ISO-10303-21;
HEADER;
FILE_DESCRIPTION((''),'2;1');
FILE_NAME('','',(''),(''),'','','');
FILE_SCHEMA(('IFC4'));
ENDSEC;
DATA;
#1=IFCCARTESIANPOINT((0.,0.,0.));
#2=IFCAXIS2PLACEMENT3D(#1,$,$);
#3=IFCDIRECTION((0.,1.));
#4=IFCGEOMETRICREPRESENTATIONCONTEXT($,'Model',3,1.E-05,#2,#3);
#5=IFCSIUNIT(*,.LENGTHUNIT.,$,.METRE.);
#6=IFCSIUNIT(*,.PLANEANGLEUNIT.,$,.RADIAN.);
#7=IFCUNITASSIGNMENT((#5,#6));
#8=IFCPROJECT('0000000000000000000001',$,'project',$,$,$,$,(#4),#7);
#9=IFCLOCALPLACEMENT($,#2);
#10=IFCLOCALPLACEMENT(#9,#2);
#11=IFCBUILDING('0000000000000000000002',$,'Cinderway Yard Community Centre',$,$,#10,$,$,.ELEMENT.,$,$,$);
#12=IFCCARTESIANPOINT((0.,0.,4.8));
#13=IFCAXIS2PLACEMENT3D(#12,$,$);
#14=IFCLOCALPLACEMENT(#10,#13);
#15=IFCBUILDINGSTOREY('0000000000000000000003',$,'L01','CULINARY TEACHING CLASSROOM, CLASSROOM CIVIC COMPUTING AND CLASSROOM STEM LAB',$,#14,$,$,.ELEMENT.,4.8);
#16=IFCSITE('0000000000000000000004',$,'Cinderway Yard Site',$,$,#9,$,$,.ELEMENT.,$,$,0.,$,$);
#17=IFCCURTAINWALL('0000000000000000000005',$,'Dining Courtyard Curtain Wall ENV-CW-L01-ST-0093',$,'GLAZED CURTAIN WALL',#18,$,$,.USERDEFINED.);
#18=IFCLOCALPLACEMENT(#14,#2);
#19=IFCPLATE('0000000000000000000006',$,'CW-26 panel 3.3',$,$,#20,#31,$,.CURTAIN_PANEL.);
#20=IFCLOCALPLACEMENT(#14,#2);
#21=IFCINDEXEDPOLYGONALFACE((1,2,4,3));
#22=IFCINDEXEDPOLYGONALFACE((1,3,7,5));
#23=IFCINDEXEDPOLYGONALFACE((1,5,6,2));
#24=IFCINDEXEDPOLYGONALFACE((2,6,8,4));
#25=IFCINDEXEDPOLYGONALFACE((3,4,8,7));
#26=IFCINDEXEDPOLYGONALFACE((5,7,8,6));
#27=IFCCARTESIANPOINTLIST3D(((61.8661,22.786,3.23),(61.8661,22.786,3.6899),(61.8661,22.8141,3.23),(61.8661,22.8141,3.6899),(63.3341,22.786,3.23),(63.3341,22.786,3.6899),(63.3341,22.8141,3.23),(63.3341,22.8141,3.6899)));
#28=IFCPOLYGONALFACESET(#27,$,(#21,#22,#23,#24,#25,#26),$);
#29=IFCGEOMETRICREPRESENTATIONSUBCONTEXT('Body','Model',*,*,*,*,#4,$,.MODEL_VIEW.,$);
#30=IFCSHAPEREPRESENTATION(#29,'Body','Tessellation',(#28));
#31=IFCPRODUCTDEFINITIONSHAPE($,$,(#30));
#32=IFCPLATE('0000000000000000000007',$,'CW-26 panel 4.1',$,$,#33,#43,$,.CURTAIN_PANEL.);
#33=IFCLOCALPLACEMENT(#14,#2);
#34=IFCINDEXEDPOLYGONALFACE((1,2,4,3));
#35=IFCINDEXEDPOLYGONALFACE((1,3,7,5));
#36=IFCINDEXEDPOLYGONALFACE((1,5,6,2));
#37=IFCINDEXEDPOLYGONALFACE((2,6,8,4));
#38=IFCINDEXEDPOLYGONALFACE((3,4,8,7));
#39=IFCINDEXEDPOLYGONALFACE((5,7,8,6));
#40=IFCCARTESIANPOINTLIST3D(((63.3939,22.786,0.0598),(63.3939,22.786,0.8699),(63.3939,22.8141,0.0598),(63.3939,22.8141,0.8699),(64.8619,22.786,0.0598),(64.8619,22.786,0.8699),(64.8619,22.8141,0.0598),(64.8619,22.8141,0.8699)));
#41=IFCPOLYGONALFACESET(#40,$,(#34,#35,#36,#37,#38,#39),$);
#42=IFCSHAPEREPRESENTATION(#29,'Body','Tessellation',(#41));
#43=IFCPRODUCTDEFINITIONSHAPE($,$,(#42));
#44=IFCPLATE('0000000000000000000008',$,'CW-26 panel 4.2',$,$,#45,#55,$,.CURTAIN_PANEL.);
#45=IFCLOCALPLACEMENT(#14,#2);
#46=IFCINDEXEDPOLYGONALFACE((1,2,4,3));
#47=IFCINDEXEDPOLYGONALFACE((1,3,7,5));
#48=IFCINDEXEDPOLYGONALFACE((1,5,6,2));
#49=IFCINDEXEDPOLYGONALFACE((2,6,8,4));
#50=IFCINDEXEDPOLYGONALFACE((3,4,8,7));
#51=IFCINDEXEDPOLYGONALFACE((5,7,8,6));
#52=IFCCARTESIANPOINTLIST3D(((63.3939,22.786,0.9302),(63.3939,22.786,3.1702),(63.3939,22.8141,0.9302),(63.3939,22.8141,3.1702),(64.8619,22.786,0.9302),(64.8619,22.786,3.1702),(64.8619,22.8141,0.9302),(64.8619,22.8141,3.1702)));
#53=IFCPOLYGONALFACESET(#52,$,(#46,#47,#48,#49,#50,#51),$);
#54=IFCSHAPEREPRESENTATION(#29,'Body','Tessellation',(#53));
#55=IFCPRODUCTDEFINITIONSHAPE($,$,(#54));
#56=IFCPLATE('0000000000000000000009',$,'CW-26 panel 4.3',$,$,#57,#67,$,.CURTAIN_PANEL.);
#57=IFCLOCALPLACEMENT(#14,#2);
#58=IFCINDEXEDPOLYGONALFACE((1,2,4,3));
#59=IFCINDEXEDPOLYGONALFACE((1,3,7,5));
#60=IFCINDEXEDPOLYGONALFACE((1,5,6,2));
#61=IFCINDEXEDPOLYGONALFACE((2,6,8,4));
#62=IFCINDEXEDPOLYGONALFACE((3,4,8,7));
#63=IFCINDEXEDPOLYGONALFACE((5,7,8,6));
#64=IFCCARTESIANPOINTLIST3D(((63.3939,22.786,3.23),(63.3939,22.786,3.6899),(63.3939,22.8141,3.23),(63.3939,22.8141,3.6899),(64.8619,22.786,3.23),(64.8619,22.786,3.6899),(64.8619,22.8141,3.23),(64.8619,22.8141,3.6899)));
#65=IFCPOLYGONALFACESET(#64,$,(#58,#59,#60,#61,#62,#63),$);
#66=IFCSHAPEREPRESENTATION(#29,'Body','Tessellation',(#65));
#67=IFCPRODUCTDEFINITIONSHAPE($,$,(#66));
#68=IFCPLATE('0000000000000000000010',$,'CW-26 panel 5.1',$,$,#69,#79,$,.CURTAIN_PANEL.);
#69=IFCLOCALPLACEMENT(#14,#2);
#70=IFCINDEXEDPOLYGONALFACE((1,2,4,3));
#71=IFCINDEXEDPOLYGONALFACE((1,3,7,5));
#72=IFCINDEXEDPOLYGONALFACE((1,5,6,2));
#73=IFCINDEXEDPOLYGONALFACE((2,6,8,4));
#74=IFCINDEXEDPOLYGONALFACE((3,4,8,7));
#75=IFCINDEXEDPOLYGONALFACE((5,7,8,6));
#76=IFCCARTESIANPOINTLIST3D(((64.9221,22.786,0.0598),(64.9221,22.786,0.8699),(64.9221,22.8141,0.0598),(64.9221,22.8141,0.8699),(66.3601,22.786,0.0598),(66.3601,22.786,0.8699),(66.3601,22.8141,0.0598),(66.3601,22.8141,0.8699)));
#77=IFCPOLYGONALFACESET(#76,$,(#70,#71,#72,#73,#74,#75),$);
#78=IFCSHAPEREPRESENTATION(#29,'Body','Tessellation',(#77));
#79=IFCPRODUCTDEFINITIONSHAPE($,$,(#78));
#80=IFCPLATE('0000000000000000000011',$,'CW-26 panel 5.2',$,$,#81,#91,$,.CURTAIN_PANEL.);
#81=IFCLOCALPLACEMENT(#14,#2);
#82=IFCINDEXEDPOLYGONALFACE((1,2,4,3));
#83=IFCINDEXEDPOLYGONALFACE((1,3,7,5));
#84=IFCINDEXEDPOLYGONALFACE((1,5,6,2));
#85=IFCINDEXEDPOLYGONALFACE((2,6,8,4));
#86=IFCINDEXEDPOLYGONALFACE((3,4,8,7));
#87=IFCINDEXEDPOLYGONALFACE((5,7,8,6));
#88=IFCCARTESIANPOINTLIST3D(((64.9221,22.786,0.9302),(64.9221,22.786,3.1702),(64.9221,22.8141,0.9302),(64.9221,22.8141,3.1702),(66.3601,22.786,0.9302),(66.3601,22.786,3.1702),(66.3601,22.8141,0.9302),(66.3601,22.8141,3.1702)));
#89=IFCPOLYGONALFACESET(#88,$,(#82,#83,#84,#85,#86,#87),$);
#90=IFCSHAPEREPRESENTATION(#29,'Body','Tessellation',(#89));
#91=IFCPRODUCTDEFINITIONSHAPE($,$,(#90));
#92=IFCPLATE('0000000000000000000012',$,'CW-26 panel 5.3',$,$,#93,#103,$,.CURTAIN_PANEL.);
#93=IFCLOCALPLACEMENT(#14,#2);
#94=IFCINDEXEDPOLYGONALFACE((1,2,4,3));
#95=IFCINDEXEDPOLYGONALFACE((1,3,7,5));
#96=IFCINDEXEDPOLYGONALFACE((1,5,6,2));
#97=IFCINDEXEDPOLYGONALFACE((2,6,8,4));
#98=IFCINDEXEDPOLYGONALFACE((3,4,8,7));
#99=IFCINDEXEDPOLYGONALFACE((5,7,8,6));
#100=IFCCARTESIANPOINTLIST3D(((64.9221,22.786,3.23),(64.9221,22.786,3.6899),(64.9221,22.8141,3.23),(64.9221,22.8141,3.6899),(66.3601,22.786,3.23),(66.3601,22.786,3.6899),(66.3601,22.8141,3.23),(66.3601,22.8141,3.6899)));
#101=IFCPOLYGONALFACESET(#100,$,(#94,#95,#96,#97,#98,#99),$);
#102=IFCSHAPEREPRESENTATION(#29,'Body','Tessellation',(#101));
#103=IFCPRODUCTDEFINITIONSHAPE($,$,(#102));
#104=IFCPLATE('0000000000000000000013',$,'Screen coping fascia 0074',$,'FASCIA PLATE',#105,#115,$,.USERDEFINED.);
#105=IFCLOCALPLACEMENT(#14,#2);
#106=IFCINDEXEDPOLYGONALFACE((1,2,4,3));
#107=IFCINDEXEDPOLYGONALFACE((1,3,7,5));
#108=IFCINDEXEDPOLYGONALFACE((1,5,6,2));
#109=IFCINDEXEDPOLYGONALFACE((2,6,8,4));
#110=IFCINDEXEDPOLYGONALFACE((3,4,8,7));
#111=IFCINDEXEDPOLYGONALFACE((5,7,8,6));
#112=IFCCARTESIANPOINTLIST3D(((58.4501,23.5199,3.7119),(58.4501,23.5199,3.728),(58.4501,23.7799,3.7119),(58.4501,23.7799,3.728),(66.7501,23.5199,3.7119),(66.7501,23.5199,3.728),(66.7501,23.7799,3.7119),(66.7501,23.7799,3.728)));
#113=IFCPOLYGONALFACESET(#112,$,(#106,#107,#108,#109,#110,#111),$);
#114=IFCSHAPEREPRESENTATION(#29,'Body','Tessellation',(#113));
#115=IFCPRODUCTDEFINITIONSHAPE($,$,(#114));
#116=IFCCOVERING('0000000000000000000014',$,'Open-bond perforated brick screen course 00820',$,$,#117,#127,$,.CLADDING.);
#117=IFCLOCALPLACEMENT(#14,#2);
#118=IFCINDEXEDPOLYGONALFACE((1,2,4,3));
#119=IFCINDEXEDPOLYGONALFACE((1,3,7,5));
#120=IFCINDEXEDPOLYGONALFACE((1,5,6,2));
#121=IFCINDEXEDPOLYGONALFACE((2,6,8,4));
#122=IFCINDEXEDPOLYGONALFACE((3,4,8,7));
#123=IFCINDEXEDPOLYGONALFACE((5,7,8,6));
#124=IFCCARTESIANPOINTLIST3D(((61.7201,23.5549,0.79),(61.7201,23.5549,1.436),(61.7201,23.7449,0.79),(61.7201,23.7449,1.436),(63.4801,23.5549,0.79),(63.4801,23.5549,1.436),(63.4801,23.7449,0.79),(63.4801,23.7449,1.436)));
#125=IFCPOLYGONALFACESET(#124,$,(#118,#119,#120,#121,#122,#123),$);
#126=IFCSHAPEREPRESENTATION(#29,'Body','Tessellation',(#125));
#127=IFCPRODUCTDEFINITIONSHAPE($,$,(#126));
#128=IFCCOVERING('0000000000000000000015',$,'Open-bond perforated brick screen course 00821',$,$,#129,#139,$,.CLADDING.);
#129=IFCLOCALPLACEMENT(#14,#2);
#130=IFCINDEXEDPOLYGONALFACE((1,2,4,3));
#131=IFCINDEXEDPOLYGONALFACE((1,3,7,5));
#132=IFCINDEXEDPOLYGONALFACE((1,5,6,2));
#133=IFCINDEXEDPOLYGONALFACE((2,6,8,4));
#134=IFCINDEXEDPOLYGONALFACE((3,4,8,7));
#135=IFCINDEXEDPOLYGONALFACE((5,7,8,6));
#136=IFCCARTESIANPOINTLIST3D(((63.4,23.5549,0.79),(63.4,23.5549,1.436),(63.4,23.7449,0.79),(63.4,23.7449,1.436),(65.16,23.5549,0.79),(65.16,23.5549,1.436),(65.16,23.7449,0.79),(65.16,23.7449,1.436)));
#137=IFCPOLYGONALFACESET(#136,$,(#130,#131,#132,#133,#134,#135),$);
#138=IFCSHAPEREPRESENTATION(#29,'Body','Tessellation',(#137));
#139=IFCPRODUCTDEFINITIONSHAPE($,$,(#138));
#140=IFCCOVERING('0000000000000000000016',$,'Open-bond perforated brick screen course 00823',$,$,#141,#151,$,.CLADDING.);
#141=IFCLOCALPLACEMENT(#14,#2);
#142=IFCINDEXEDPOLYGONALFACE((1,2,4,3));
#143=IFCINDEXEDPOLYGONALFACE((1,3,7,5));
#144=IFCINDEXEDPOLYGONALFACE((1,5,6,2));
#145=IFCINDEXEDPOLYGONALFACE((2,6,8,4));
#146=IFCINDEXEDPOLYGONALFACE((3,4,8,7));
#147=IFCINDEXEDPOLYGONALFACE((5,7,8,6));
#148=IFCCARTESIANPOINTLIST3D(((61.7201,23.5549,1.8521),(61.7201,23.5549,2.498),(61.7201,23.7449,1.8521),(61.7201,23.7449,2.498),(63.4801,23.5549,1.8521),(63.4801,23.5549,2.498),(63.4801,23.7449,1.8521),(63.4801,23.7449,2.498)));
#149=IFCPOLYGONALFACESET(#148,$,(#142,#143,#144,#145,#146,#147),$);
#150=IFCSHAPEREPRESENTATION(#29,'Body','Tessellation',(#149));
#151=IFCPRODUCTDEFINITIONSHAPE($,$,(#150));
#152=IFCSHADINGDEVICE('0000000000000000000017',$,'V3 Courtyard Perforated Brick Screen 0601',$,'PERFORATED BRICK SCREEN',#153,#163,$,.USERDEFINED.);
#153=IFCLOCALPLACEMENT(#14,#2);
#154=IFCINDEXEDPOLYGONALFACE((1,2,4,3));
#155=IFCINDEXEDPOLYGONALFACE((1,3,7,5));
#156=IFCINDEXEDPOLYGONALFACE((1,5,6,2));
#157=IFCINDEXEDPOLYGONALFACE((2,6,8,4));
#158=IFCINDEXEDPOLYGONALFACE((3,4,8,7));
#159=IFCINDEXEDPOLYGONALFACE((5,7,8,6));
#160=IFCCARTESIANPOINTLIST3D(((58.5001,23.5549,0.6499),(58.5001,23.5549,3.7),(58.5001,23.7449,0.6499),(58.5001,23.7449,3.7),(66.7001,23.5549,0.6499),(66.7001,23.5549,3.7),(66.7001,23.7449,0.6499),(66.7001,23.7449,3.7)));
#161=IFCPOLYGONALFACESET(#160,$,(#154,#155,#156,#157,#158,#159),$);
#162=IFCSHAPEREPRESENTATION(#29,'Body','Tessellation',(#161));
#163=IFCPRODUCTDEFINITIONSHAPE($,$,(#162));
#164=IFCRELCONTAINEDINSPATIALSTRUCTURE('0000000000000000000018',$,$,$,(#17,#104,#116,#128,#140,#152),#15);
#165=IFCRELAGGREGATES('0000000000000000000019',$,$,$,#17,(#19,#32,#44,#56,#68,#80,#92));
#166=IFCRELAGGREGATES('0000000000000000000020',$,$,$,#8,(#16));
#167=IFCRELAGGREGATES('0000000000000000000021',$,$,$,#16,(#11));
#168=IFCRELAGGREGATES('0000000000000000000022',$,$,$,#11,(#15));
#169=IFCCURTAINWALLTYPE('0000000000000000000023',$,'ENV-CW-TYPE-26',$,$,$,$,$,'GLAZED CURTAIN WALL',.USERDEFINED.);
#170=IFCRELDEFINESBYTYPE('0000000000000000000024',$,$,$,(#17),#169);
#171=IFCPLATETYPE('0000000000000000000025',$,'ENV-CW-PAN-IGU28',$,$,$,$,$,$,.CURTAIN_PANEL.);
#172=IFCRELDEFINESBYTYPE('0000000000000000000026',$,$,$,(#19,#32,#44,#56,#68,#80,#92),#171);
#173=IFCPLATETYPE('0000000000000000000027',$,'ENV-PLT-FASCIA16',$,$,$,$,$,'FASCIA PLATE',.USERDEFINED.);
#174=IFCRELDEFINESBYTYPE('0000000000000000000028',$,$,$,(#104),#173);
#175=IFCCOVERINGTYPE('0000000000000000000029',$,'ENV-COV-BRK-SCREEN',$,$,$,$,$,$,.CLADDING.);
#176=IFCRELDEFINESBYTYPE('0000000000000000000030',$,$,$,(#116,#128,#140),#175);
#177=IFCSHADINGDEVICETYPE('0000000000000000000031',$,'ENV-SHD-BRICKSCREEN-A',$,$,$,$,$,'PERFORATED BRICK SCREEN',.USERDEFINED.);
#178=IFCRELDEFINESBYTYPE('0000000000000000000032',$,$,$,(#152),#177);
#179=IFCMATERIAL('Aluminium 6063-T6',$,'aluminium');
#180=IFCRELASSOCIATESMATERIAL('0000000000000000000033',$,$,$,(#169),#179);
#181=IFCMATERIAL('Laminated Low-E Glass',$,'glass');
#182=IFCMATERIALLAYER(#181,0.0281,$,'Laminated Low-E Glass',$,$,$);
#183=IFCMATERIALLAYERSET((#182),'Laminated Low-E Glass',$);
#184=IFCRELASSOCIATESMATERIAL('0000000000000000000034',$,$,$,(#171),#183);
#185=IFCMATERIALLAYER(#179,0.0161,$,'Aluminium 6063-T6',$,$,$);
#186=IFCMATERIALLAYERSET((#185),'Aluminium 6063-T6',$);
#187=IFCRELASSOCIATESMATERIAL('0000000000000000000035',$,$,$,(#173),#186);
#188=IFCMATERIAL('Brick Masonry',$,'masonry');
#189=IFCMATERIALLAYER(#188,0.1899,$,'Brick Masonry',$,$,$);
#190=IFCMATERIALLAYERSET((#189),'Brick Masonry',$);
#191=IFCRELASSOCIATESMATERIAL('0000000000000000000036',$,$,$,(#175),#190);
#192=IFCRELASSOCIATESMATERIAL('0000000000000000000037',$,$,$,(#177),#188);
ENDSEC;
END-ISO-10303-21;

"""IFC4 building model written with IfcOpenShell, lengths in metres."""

from ifc_helpers import new_model, si_unit, direction, frame, origin, origin_2d, place, context, subcontext, project, spatial, rectangle, extrude, material, layer, layer_set, type_object, element, aggregate, save


model = new_model("IFC4")

# Units and contexts
model_context = context("Model", 3, precision=1e-05, world=origin(), true_north=direction((0.0, 1.0)))
body_context = subcontext(model_context, "Body", "Model", "MODEL_VIEW")
ifc_project = project(units=[si_unit("LENGTHUNIT", "METRE"), si_unit("PLANEANGLEUNIT", "RADIAN")], contexts=[model_context])

# Site, building, storey
site_placement = place(None, origin())
site = spatial("IfcSite", under=ifc_project, at=site_placement, Name="Cinderway Yard Site", CompositionType="ELEMENT", RefElevation=0.0)
building_placement = place(site_placement, origin())
building = spatial("IfcBuilding", under=site, at=building_placement, Name="Cinderway Yard Community Centre", CompositionType="ELEMENT")
storey_placement = place(building_placement, frame((0.0, 0.0, 4.8)))
storey = spatial("IfcBuildingStorey", under=building, at=storey_placement, Name="L01", Description="CULINARY TEACHING CLASSROOM, CLASSROOM CIVIC COMPUTING AND CLASSROOM STEM LAB", CompositionType="ELEMENT", Elevation=4.8)

# Curtain wall
ifc_material_1 = material(Name="Aluminium 6063-T6", Category="aluminium")
curtain_wall_type = type_object("IfcCurtainWallType", Name="ENV-CW-TYPE-26", ElementType="GLAZED CURTAIN WALL", PredefinedType="USERDEFINED", material=ifc_material_1)
curtain_wall_placement = place(storey_placement, origin())
curtain_wall = element("IfcCurtainWall", 1, at=curtain_wall_placement, inside=storey, type_object=curtain_wall_type, Name="Dining Courtyard Curtain Wall ENV-CW-L01-ST-0093", ObjectType="GLAZED CURTAIN WALL", PredefinedType="USERDEFINED")

# Plates
ifc_material_2 = material(Name="Laminated Low-E Glass", Category="glass")
ifc_layer_1 = layer(ifc_material_2, 0.0281, Name="Laminated Low-E Glass")
ifc_layer_set_1 = layer_set([ifc_layer_1], Name="Laminated Low-E Glass")
plate_type_1 = type_object("IfcPlateType", Name="ENV-CW-PAN-IGU28", PredefinedType="CURTAIN_PANEL", material=ifc_layer_set_1)
plate_1_placement = place(storey_placement, frame((62.6001, 22.8, 3.23), z_axis=(0.0, 0.0, 1.0), x_axis=(1.0, 0.0, 0.0)))
plate_1 = element("IfcPlate", 2, at=plate_1_placement, type_object=plate_type_1, Name="CW-26 panel 3.3", PredefinedType="CURTAIN_PANEL", context=body_context, shape_type="SweptSolid", body=[
    extrude(rectangle(XDim=1.468, YDim=0.0281, at=origin_2d()), origin(), (0.0, 0.0, 1.0), 0.46),
])
plate_2_placement = place(storey_placement, frame((64.1279, 22.8, 0.0598), z_axis=(0.0, 0.0, 1.0), x_axis=(1.0, 0.0, 0.0)))
plate_2 = element("IfcPlate", 3, at=plate_2_placement, type_object=plate_type_1, Name="CW-26 panel 4.1", PredefinedType="CURTAIN_PANEL", context=body_context, shape_type="SweptSolid", body=[
    extrude(rectangle(XDim=1.468, YDim=0.0281, at=origin_2d()), origin(), (0.0, 0.0, 1.0), 0.8101),
])
plate_3_placement = place(storey_placement, frame((64.1279, 22.8, 0.9302), z_axis=(0.0, 0.0, 1.0), x_axis=(1.0, 0.0, 0.0)))
plate_3 = element("IfcPlate", 4, at=plate_3_placement, type_object=plate_type_1, Name="CW-26 panel 4.2", PredefinedType="CURTAIN_PANEL", context=body_context, shape_type="SweptSolid", body=[
    extrude(rectangle(XDim=1.468, YDim=0.0281, at=origin_2d()), origin(), (0.0, 0.0, 1.0), 2.24),
])
plate_4_placement = place(storey_placement, frame((64.1279, 22.8, 3.23), z_axis=(0.0, 0.0, 1.0), x_axis=(1.0, 0.0, 0.0)))
plate_4 = element("IfcPlate", 5, at=plate_4_placement, type_object=plate_type_1, Name="CW-26 panel 4.3", PredefinedType="CURTAIN_PANEL", context=body_context, shape_type="SweptSolid", body=[
    extrude(rectangle(XDim=1.468, YDim=0.0281, at=origin_2d()), origin(), (0.0, 0.0, 1.0), 0.46),
])
plate_5_placement = place(storey_placement, frame((65.6411, 22.8, 0.0598), z_axis=(0.0, 0.0, 1.0), x_axis=(1.0, 0.0, 0.0)))
plate_5 = element("IfcPlate", 6, at=plate_5_placement, type_object=plate_type_1, Name="CW-26 panel 5.1", PredefinedType="CURTAIN_PANEL", context=body_context, shape_type="SweptSolid", body=[
    extrude(rectangle(XDim=1.438, YDim=0.0281, at=origin_2d()), origin(), (0.0, 0.0, 1.0), 0.8101),
])
plate_6_placement = place(storey_placement, frame((65.6411, 22.8, 0.9302), z_axis=(0.0, 0.0, 1.0), x_axis=(1.0, 0.0, 0.0)))
plate_6 = element("IfcPlate", 7, at=plate_6_placement, type_object=plate_type_1, Name="CW-26 panel 5.2", PredefinedType="CURTAIN_PANEL", context=body_context, shape_type="SweptSolid", body=[
    extrude(rectangle(XDim=1.438, YDim=0.0281, at=origin_2d()), origin(), (0.0, 0.0, 1.0), 2.24),
])
plate_7_placement = place(storey_placement, frame((65.6411, 22.8, 3.23), z_axis=(0.0, 0.0, 1.0), x_axis=(1.0, 0.0, 0.0)))
plate_7 = element("IfcPlate", 8, at=plate_7_placement, type_object=plate_type_1, Name="CW-26 panel 5.3", PredefinedType="CURTAIN_PANEL", context=body_context, shape_type="SweptSolid", body=[
    extrude(rectangle(XDim=1.438, YDim=0.0281, at=origin_2d()), origin(), (0.0, 0.0, 1.0), 0.46),
])
aggregate(curtain_wall, [plate_1, plate_2, plate_3, plate_4, plate_5, plate_6, plate_7])
ifc_layer_2 = layer(ifc_material_1, 0.0161, Name="Aluminium 6063-T6")
ifc_layer_set_2 = layer_set([ifc_layer_2], Name="Aluminium 6063-T6")
plate_type_2 = type_object("IfcPlateType", Name="ENV-PLT-FASCIA16", ElementType="FASCIA PLATE", PredefinedType="USERDEFINED", material=ifc_layer_set_2)
plate_8_placement = place(storey_placement, frame((62.6001, 23.6499, 3.7119), z_axis=(0.0, 0.0, 1.0), x_axis=(1.0, 0.0, 0.0)))
element("IfcPlate", 9, at=plate_8_placement, inside=storey, type_object=plate_type_2, Name="Screen coping fascia 0074", ObjectType="FASCIA PLATE", PredefinedType="USERDEFINED", context=body_context, shape_type="SweptSolid", body=[
    extrude(rectangle(XDim=8.3, YDim=0.26, at=origin_2d()), origin(), (0.0, 0.0, 1.0), 0.0161),
])

# Coverings
ifc_material_3 = material(Name="Brick Masonry", Category="masonry")
ifc_layer_3 = layer(ifc_material_3, 0.1899, Name="Brick Masonry")
ifc_layer_set_3 = layer_set([ifc_layer_3], Name="Brick Masonry")
covering_type = type_object("IfcCoveringType", Name="ENV-COV-BRK-SCREEN", PredefinedType="CLADDING", material=ifc_layer_set_3)
for number, where, z_axis, x_axis, name in (
    (10, (62.6001, 23.6499, 0.79), (0.0, 0.0, 1.0), (1.0, 0.0, 0.0), "Open-bond perforated brick screen course 00820"),
    (11, (64.28, 23.6499, 0.79), (0.0, 0.0, 1.0), (1.0, 0.0, 0.0), "Open-bond perforated brick screen course 00821"),
    (12, (62.6001, 23.6499, 1.8521), (0.0, 0.0, 1.0), (1.0, 0.0, 0.0), "Open-bond perforated brick screen course 00823"),
):
    element("IfcCovering", number, at=place(storey_placement, frame(where, z_axis=z_axis, x_axis=x_axis)), inside=storey, type_object=covering_type, Name=name, PredefinedType="CLADDING", context=body_context, shape_type="SweptSolid", body=[
        extrude(rectangle(XDim=1.76, YDim=0.1899, at=origin_2d()), origin(), (0.0, 0.0, 1.0), 0.646),
    ])

# Shading device
shading_device_type = type_object("IfcShadingDeviceType", Name="ENV-SHD-BRICKSCREEN-A", ElementType="PERFORATED BRICK SCREEN", PredefinedType="USERDEFINED", material=ifc_material_3)
shading_device_placement = place(storey_placement, frame((62.6001, 23.6499, 0.6499), z_axis=(0.0, 0.0, 1.0), x_axis=(1.0, 0.0, 0.0)))
element("IfcShadingDevice", 13, at=shading_device_placement, inside=storey, type_object=shading_device_type, Name="V3 Courtyard Perforated Brick Screen 0601", ObjectType="PERFORATED BRICK SCREEN", PredefinedType="USERDEFINED", context=body_context, shape_type="SweptSolid", body=[
    extrude(rectangle(XDim=8.2, YDim=0.1899, at=origin_2d()), origin(), (0.0, 0.0, 1.0), 3.05),
])

save(model, "model.ifc")
